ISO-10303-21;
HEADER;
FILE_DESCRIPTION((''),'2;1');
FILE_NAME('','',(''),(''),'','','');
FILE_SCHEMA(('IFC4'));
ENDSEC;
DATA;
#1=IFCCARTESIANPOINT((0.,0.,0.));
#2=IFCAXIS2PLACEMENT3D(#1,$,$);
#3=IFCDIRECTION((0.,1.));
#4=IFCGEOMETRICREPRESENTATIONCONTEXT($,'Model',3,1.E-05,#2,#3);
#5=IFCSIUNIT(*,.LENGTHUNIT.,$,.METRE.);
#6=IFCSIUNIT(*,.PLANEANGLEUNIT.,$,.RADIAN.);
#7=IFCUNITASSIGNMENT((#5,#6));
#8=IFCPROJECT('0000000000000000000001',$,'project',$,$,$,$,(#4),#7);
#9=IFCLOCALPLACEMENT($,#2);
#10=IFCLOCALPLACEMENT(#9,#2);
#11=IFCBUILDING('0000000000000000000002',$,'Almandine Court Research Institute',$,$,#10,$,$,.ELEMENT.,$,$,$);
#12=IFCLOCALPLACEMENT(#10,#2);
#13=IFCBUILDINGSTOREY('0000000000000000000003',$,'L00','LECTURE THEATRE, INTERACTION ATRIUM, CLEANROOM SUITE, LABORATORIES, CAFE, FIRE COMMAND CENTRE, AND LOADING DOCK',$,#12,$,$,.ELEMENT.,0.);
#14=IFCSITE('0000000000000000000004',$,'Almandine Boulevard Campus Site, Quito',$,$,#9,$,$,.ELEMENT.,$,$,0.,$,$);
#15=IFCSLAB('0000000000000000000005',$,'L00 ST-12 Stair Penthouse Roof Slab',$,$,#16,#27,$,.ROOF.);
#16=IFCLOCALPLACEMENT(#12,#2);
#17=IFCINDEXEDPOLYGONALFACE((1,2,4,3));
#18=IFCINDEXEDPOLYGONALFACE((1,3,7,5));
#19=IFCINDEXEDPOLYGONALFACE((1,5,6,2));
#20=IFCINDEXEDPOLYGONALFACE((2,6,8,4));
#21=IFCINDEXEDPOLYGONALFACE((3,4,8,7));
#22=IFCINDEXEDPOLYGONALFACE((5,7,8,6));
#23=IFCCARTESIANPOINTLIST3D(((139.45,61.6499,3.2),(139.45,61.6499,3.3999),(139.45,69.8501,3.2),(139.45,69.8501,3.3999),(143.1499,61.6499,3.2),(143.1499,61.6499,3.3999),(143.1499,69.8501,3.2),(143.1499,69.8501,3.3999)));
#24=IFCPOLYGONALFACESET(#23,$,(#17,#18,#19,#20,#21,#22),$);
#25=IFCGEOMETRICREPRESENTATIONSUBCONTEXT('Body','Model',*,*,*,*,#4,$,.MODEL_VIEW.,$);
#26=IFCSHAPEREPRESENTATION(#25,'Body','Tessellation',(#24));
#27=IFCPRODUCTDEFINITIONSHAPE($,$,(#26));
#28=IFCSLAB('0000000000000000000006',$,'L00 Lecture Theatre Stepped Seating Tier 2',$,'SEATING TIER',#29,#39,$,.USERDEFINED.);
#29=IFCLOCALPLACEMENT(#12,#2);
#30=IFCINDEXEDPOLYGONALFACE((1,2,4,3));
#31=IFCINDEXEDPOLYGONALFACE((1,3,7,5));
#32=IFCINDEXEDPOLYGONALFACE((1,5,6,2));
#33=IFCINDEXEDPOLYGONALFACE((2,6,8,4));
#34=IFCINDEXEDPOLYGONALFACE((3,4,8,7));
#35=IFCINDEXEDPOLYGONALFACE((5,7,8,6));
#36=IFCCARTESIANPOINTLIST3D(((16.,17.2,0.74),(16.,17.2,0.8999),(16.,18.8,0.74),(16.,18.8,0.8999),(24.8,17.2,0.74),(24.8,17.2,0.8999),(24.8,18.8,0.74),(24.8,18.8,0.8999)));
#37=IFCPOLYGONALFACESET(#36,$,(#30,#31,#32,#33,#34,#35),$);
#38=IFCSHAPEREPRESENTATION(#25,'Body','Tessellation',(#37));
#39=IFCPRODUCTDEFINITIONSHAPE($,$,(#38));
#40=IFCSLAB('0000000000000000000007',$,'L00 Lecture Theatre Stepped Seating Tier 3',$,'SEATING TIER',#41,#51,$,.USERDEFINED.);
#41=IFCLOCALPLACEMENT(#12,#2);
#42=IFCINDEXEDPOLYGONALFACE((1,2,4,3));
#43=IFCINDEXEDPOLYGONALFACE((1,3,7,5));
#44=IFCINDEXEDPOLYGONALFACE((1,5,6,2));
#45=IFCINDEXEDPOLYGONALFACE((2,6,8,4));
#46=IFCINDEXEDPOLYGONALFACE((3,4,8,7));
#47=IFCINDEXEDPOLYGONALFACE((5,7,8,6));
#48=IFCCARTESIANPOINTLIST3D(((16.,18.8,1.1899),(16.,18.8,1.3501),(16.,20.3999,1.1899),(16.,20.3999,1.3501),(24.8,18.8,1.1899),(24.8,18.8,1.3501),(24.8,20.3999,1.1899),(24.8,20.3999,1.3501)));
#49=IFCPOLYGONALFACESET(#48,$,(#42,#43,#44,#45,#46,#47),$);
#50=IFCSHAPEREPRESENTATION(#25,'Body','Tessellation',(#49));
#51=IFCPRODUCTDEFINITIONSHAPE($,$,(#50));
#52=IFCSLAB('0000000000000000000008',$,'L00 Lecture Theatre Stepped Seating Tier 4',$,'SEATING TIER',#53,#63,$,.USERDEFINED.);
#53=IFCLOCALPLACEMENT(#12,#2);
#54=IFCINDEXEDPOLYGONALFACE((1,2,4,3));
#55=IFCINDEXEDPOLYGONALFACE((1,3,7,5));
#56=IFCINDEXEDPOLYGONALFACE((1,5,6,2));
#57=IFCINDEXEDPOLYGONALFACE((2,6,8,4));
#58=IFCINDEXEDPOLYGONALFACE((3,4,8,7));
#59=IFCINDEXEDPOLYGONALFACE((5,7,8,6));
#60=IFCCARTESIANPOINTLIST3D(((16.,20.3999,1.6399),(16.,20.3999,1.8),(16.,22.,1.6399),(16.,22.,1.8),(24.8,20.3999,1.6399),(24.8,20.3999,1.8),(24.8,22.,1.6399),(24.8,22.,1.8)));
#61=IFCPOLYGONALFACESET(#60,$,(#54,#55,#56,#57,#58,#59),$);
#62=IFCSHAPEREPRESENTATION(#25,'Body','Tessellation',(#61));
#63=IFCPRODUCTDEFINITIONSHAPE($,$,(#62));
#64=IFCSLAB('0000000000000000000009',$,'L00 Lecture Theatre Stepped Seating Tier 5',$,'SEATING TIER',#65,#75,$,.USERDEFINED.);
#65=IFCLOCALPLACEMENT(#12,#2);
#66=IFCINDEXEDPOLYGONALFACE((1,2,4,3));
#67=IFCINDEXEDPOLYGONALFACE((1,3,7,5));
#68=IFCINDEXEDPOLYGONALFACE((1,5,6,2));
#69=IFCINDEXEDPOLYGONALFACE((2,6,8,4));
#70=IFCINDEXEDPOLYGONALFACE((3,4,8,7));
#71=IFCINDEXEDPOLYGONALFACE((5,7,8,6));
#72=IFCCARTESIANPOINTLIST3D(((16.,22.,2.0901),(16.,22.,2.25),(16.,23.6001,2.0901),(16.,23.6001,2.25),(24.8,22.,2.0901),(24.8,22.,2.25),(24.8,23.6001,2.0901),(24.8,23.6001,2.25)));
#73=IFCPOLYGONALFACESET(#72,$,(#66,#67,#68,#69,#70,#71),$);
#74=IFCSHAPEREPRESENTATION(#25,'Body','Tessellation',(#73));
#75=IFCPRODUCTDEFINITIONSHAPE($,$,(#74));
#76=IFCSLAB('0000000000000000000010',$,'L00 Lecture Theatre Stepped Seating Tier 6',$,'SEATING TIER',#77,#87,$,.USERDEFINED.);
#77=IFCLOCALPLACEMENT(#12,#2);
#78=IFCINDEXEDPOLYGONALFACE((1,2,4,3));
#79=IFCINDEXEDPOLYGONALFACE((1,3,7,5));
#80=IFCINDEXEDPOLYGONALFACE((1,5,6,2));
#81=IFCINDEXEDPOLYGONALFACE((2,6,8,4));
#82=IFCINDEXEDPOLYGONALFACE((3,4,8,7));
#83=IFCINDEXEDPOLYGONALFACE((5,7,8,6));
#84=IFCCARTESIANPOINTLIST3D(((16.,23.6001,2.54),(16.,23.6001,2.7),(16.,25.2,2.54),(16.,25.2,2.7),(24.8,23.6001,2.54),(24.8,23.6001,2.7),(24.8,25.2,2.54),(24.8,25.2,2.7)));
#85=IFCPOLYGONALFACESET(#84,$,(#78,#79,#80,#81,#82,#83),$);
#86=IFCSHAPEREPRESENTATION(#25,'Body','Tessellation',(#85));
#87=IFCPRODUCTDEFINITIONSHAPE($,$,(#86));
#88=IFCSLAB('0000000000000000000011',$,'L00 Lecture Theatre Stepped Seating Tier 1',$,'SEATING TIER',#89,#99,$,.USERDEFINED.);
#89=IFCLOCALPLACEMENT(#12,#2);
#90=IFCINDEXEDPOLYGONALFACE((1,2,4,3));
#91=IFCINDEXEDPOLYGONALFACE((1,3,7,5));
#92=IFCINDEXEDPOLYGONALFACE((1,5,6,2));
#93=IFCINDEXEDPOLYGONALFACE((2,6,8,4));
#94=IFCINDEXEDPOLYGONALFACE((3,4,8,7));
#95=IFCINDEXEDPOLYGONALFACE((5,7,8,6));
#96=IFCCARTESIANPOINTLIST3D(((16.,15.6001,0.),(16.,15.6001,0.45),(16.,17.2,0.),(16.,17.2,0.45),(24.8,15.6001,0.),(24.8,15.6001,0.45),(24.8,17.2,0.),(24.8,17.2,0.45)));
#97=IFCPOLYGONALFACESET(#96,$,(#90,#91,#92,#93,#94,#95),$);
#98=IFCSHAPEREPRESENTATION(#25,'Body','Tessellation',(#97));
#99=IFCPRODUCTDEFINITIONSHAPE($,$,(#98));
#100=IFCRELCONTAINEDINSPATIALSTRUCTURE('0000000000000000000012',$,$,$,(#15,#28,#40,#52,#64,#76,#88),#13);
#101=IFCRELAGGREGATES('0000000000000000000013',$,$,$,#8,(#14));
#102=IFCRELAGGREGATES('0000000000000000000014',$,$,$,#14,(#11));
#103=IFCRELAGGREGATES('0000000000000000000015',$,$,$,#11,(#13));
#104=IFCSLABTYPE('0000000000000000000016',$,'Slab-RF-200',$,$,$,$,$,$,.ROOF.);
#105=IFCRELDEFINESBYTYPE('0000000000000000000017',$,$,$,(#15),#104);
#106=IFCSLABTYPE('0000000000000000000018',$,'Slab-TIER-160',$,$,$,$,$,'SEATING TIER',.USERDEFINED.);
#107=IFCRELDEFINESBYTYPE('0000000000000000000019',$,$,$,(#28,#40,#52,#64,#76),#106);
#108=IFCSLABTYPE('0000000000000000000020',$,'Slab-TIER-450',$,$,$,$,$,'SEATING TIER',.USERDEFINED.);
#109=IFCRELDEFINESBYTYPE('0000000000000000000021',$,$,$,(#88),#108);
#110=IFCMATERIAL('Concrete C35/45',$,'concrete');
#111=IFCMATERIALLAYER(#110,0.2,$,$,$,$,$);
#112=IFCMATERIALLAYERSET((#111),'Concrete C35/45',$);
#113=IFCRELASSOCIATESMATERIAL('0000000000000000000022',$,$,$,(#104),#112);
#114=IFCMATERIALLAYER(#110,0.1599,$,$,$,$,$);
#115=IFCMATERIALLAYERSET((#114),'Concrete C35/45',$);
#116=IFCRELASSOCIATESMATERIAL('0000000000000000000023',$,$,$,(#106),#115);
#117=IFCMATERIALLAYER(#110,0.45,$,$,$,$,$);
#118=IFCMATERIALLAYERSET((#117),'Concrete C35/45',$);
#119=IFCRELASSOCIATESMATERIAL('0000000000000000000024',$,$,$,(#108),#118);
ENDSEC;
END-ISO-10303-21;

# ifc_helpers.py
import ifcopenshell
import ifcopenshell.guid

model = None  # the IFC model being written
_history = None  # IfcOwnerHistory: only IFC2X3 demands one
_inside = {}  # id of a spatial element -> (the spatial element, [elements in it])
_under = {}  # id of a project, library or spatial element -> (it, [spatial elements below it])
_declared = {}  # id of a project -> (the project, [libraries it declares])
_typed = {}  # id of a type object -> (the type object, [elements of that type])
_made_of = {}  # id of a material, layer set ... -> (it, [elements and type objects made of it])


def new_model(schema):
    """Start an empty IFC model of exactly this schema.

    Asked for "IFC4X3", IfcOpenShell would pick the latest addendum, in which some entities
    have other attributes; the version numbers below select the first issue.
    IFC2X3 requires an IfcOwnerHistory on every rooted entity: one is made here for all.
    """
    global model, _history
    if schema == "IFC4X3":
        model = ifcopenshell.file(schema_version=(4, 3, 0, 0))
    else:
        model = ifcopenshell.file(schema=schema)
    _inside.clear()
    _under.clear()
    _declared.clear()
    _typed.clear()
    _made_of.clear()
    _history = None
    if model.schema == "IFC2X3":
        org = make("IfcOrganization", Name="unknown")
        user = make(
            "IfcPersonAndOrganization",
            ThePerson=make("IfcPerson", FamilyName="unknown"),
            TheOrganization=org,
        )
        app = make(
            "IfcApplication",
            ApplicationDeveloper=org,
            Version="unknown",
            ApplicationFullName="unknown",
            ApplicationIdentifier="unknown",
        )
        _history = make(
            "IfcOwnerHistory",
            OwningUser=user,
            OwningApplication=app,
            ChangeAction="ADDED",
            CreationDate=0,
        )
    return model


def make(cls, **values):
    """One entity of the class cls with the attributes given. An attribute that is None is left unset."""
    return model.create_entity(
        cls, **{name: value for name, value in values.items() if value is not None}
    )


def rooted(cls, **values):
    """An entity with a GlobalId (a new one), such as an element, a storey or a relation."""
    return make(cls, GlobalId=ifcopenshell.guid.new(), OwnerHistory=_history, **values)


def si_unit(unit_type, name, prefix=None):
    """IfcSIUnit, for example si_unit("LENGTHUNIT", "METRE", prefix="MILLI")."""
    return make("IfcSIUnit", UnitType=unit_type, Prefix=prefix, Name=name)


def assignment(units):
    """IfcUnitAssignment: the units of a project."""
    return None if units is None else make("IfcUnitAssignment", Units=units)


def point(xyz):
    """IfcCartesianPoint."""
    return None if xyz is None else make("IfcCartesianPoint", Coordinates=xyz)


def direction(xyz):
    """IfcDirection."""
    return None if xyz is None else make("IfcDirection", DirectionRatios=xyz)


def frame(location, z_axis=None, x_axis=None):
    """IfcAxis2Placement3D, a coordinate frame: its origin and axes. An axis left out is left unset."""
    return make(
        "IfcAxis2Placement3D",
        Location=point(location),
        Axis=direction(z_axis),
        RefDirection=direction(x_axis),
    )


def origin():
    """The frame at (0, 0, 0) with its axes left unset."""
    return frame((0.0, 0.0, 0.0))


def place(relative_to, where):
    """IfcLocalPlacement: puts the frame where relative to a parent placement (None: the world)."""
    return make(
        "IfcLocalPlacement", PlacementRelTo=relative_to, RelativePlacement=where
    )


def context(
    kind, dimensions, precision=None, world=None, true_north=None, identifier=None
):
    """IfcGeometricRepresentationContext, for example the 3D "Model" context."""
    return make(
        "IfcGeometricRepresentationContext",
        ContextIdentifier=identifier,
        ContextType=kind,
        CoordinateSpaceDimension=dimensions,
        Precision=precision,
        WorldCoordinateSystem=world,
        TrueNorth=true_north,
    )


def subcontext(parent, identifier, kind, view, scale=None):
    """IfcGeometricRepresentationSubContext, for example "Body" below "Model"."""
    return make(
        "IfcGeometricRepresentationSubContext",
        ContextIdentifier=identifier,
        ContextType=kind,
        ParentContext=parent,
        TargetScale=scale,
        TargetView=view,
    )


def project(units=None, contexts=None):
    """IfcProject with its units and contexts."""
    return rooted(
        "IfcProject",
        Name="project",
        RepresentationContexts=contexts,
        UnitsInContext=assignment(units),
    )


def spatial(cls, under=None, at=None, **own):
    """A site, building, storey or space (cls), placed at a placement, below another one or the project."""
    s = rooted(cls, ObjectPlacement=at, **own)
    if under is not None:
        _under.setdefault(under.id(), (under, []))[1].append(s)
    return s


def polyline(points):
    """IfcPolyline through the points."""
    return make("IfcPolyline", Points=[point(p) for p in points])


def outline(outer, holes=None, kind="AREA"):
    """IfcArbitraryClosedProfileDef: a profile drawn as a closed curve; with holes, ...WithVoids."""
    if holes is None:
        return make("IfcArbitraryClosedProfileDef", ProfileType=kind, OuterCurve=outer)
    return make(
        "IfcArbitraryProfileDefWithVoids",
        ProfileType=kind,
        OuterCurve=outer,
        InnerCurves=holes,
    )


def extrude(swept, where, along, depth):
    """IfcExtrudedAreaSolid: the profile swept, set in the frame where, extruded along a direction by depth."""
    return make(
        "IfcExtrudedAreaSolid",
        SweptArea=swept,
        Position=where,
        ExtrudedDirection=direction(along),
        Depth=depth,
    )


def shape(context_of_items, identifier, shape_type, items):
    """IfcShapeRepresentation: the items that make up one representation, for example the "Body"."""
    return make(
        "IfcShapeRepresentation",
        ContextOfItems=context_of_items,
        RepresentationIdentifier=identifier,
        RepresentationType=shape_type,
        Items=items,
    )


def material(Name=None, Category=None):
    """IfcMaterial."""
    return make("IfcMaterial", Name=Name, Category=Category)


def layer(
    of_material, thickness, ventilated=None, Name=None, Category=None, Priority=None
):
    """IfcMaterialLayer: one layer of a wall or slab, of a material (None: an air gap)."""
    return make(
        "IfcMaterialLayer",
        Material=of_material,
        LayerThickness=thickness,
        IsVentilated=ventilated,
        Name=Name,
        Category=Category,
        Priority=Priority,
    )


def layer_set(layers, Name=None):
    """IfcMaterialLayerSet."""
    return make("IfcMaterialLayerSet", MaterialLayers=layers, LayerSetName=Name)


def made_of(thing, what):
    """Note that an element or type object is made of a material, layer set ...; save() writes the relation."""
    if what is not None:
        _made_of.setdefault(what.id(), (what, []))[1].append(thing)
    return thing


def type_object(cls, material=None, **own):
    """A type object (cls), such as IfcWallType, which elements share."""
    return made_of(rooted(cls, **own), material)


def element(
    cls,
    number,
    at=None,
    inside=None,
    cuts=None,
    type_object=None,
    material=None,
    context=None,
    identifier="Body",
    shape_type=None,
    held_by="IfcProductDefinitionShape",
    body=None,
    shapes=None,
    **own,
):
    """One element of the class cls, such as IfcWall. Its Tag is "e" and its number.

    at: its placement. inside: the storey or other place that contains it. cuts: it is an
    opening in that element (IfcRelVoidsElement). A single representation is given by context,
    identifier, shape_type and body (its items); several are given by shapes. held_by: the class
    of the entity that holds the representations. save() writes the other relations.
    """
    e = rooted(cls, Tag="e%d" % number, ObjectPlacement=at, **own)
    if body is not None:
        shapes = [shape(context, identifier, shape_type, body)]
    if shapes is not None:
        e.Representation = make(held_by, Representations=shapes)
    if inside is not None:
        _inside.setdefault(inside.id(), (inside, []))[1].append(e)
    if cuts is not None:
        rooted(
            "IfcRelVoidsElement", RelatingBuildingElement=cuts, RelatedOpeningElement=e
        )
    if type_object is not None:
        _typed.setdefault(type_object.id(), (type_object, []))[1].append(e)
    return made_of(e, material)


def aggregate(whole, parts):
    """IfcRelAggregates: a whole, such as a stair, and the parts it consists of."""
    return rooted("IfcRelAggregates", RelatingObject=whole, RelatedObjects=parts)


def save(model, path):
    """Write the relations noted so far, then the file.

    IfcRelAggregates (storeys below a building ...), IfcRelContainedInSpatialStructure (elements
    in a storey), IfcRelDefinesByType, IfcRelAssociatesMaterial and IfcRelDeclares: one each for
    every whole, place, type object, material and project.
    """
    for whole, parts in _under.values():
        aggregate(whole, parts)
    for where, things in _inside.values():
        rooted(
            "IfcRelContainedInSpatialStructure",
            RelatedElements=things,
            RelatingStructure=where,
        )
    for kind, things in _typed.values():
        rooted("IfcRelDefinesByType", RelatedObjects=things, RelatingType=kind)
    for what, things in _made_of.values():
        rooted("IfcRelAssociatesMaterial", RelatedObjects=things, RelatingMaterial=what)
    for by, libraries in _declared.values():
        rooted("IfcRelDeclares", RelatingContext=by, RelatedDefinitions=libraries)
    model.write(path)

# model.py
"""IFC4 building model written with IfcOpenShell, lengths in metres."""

from ifc_helpers import new_model, si_unit, direction, frame, origin, place, context, subcontext, project, spatial, polyline, outline, extrude, material, layer, layer_set, type_object, element, save


model = new_model("IFC4")

# Units and contexts
model_context = context("Model", 3, precision=1e-05, world=origin(), true_north=direction((0.0, 1.0)))
body_context = subcontext(model_context, "Body", "Model", "MODEL_VIEW")
ifc_project = project(units=[si_unit("LENGTHUNIT", "METRE"), si_unit("PLANEANGLEUNIT", "RADIAN")], contexts=[model_context])

# Site, building, storey
site_placement = place(None, origin())
site = spatial("IfcSite", under=ifc_project, at=site_placement, Name="Almandine Boulevard Campus Site, Quito", CompositionType="ELEMENT", RefElevation=0.0)
building_placement = place(site_placement, origin())
building = spatial("IfcBuilding", under=site, at=building_placement, Name="Almandine Court Research Institute", CompositionType="ELEMENT")
storey_placement = place(building_placement, origin())
storey = spatial("IfcBuildingStorey", under=building, at=storey_placement, Name="L00", Description="LECTURE THEATRE, INTERACTION ATRIUM, CLEANROOM SUITE, LABORATORIES, CAFE, FIRE COMMAND CENTRE, AND LOADING DOCK", CompositionType="ELEMENT", Elevation=0.0)

# Shared definitions
ifc_material = material(Name="Concrete C35/45", Category="concrete")

# Slabs
ifc_layer_1 = layer(ifc_material, 0.2)
ifc_layer_set_1 = layer_set([ifc_layer_1], Name="Concrete C35/45")
slab_type_1 = type_object("IfcSlabType", Name="Slab-RF-200", PredefinedType="ROOF", material=ifc_layer_set_1)
slab_1_placement = place(storey_placement, frame((0.0, 0.0, 3.2)))
element("IfcSlab", 1, at=slab_1_placement, inside=storey, type_object=slab_type_1, Name="L00 ST-12 Stair Penthouse Roof Slab", PredefinedType="ROOF", context=body_context, shape_type="SweptSolid", body=[
    extrude(outline(polyline([(139.45, 61.6499), (143.1499, 61.6499), (143.1499, 69.8501), (139.45, 69.8501), (139.45, 61.6499)])), origin(), (0.0, 0.0, 1.0), 0.2),
])
ifc_layer_2 = layer(ifc_material, 0.1599)
ifc_layer_set_2 = layer_set([ifc_layer_2], Name="Concrete C35/45")
slab_type_2 = type_object("IfcSlabType", Name="Slab-TIER-160", ElementType="SEATING TIER", PredefinedType="USERDEFINED", material=ifc_layer_set_2)
slab_2_placement = place(storey_placement, frame((0.0, 0.0, 0.74)))
element("IfcSlab", 2, at=slab_2_placement, inside=storey, type_object=slab_type_2, Name="L00 Lecture Theatre Stepped Seating Tier 2", ObjectType="SEATING TIER", PredefinedType="USERDEFINED", context=body_context, shape_type="SweptSolid", body=[
    extrude(outline(polyline([(16.0, 17.2), (24.8, 17.2), (24.8, 18.8), (16.0, 18.8), (16.0, 17.2)])), origin(), (0.0, 0.0, 1.0), 0.1599),
])
slab_3_placement = place(storey_placement, frame((0.0, 0.0, 1.1899)))
element("IfcSlab", 3, at=slab_3_placement, inside=storey, type_object=slab_type_2, Name="L00 Lecture Theatre Stepped Seating Tier 3", ObjectType="SEATING TIER", PredefinedType="USERDEFINED", context=body_context, shape_type="SweptSolid", body=[
    extrude(outline(polyline([(16.0, 18.8), (24.8, 18.8), (24.8, 20.3999), (16.0, 20.3999), (16.0, 18.8)])), origin(), (0.0, 0.0, 1.0), 0.1602),
])
slab_4_placement = place(storey_placement, frame((0.0, 0.0, 1.6399)))
element("IfcSlab", 4, at=slab_4_placement, inside=storey, type_object=slab_type_2, Name="L00 Lecture Theatre Stepped Seating Tier 4", ObjectType="SEATING TIER", PredefinedType="USERDEFINED", context=body_context, shape_type="SweptSolid", body=[
    extrude(outline(polyline([(16.0, 20.3999), (24.8, 20.3999), (24.8, 22.0), (16.0, 22.0), (16.0, 20.3999)])), origin(), (0.0, 0.0, 1.0), 0.1602),
])
slab_5_placement = place(storey_placement, frame((0.0, 0.0, 2.0901)))
element("IfcSlab", 5, at=slab_5_placement, inside=storey, type_object=slab_type_2, Name="L00 Lecture Theatre Stepped Seating Tier 5", ObjectType="SEATING TIER", PredefinedType="USERDEFINED", context=body_context, shape_type="SweptSolid", body=[
    extrude(outline(polyline([(16.0, 22.0), (24.8, 22.0), (24.8, 23.6001), (16.0, 23.6001), (16.0, 22.0)])), origin(), (0.0, 0.0, 1.0), 0.1599),
])
slab_6_placement = place(storey_placement, frame((0.0, 0.0, 2.54)))
element("IfcSlab", 6, at=slab_6_placement, inside=storey, type_object=slab_type_2, Name="L00 Lecture Theatre Stepped Seating Tier 6", ObjectType="SEATING TIER", PredefinedType="USERDEFINED", context=body_context, shape_type="SweptSolid", body=[
    extrude(outline(polyline([(16.0, 23.6001), (24.8, 23.6001), (24.8, 25.2), (16.0, 25.2), (16.0, 23.6001)])), origin(), (0.0, 0.0, 1.0), 0.1599),
])
ifc_layer_3 = layer(ifc_material, 0.45)
ifc_layer_set_3 = layer_set([ifc_layer_3], Name="Concrete C35/45")
slab_type_3 = type_object("IfcSlabType", Name="Slab-TIER-450", ElementType="SEATING TIER", PredefinedType="USERDEFINED", material=ifc_layer_set_3)
slab_7_placement = place(storey_placement, origin())
element("IfcSlab", 7, at=slab_7_placement, inside=storey, type_object=slab_type_3, Name="L00 Lecture Theatre Stepped Seating Tier 1", ObjectType="SEATING TIER", PredefinedType="USERDEFINED", context=body_context, shape_type="SweptSolid", body=[
    extrude(outline(polyline([(16.0, 15.6001), (24.8, 15.6001), (24.8, 17.2), (16.0, 17.2), (16.0, 15.6001)])), origin(), (0.0, 0.0, 1.0), 0.45),
])

save(model, "model.ifc")
